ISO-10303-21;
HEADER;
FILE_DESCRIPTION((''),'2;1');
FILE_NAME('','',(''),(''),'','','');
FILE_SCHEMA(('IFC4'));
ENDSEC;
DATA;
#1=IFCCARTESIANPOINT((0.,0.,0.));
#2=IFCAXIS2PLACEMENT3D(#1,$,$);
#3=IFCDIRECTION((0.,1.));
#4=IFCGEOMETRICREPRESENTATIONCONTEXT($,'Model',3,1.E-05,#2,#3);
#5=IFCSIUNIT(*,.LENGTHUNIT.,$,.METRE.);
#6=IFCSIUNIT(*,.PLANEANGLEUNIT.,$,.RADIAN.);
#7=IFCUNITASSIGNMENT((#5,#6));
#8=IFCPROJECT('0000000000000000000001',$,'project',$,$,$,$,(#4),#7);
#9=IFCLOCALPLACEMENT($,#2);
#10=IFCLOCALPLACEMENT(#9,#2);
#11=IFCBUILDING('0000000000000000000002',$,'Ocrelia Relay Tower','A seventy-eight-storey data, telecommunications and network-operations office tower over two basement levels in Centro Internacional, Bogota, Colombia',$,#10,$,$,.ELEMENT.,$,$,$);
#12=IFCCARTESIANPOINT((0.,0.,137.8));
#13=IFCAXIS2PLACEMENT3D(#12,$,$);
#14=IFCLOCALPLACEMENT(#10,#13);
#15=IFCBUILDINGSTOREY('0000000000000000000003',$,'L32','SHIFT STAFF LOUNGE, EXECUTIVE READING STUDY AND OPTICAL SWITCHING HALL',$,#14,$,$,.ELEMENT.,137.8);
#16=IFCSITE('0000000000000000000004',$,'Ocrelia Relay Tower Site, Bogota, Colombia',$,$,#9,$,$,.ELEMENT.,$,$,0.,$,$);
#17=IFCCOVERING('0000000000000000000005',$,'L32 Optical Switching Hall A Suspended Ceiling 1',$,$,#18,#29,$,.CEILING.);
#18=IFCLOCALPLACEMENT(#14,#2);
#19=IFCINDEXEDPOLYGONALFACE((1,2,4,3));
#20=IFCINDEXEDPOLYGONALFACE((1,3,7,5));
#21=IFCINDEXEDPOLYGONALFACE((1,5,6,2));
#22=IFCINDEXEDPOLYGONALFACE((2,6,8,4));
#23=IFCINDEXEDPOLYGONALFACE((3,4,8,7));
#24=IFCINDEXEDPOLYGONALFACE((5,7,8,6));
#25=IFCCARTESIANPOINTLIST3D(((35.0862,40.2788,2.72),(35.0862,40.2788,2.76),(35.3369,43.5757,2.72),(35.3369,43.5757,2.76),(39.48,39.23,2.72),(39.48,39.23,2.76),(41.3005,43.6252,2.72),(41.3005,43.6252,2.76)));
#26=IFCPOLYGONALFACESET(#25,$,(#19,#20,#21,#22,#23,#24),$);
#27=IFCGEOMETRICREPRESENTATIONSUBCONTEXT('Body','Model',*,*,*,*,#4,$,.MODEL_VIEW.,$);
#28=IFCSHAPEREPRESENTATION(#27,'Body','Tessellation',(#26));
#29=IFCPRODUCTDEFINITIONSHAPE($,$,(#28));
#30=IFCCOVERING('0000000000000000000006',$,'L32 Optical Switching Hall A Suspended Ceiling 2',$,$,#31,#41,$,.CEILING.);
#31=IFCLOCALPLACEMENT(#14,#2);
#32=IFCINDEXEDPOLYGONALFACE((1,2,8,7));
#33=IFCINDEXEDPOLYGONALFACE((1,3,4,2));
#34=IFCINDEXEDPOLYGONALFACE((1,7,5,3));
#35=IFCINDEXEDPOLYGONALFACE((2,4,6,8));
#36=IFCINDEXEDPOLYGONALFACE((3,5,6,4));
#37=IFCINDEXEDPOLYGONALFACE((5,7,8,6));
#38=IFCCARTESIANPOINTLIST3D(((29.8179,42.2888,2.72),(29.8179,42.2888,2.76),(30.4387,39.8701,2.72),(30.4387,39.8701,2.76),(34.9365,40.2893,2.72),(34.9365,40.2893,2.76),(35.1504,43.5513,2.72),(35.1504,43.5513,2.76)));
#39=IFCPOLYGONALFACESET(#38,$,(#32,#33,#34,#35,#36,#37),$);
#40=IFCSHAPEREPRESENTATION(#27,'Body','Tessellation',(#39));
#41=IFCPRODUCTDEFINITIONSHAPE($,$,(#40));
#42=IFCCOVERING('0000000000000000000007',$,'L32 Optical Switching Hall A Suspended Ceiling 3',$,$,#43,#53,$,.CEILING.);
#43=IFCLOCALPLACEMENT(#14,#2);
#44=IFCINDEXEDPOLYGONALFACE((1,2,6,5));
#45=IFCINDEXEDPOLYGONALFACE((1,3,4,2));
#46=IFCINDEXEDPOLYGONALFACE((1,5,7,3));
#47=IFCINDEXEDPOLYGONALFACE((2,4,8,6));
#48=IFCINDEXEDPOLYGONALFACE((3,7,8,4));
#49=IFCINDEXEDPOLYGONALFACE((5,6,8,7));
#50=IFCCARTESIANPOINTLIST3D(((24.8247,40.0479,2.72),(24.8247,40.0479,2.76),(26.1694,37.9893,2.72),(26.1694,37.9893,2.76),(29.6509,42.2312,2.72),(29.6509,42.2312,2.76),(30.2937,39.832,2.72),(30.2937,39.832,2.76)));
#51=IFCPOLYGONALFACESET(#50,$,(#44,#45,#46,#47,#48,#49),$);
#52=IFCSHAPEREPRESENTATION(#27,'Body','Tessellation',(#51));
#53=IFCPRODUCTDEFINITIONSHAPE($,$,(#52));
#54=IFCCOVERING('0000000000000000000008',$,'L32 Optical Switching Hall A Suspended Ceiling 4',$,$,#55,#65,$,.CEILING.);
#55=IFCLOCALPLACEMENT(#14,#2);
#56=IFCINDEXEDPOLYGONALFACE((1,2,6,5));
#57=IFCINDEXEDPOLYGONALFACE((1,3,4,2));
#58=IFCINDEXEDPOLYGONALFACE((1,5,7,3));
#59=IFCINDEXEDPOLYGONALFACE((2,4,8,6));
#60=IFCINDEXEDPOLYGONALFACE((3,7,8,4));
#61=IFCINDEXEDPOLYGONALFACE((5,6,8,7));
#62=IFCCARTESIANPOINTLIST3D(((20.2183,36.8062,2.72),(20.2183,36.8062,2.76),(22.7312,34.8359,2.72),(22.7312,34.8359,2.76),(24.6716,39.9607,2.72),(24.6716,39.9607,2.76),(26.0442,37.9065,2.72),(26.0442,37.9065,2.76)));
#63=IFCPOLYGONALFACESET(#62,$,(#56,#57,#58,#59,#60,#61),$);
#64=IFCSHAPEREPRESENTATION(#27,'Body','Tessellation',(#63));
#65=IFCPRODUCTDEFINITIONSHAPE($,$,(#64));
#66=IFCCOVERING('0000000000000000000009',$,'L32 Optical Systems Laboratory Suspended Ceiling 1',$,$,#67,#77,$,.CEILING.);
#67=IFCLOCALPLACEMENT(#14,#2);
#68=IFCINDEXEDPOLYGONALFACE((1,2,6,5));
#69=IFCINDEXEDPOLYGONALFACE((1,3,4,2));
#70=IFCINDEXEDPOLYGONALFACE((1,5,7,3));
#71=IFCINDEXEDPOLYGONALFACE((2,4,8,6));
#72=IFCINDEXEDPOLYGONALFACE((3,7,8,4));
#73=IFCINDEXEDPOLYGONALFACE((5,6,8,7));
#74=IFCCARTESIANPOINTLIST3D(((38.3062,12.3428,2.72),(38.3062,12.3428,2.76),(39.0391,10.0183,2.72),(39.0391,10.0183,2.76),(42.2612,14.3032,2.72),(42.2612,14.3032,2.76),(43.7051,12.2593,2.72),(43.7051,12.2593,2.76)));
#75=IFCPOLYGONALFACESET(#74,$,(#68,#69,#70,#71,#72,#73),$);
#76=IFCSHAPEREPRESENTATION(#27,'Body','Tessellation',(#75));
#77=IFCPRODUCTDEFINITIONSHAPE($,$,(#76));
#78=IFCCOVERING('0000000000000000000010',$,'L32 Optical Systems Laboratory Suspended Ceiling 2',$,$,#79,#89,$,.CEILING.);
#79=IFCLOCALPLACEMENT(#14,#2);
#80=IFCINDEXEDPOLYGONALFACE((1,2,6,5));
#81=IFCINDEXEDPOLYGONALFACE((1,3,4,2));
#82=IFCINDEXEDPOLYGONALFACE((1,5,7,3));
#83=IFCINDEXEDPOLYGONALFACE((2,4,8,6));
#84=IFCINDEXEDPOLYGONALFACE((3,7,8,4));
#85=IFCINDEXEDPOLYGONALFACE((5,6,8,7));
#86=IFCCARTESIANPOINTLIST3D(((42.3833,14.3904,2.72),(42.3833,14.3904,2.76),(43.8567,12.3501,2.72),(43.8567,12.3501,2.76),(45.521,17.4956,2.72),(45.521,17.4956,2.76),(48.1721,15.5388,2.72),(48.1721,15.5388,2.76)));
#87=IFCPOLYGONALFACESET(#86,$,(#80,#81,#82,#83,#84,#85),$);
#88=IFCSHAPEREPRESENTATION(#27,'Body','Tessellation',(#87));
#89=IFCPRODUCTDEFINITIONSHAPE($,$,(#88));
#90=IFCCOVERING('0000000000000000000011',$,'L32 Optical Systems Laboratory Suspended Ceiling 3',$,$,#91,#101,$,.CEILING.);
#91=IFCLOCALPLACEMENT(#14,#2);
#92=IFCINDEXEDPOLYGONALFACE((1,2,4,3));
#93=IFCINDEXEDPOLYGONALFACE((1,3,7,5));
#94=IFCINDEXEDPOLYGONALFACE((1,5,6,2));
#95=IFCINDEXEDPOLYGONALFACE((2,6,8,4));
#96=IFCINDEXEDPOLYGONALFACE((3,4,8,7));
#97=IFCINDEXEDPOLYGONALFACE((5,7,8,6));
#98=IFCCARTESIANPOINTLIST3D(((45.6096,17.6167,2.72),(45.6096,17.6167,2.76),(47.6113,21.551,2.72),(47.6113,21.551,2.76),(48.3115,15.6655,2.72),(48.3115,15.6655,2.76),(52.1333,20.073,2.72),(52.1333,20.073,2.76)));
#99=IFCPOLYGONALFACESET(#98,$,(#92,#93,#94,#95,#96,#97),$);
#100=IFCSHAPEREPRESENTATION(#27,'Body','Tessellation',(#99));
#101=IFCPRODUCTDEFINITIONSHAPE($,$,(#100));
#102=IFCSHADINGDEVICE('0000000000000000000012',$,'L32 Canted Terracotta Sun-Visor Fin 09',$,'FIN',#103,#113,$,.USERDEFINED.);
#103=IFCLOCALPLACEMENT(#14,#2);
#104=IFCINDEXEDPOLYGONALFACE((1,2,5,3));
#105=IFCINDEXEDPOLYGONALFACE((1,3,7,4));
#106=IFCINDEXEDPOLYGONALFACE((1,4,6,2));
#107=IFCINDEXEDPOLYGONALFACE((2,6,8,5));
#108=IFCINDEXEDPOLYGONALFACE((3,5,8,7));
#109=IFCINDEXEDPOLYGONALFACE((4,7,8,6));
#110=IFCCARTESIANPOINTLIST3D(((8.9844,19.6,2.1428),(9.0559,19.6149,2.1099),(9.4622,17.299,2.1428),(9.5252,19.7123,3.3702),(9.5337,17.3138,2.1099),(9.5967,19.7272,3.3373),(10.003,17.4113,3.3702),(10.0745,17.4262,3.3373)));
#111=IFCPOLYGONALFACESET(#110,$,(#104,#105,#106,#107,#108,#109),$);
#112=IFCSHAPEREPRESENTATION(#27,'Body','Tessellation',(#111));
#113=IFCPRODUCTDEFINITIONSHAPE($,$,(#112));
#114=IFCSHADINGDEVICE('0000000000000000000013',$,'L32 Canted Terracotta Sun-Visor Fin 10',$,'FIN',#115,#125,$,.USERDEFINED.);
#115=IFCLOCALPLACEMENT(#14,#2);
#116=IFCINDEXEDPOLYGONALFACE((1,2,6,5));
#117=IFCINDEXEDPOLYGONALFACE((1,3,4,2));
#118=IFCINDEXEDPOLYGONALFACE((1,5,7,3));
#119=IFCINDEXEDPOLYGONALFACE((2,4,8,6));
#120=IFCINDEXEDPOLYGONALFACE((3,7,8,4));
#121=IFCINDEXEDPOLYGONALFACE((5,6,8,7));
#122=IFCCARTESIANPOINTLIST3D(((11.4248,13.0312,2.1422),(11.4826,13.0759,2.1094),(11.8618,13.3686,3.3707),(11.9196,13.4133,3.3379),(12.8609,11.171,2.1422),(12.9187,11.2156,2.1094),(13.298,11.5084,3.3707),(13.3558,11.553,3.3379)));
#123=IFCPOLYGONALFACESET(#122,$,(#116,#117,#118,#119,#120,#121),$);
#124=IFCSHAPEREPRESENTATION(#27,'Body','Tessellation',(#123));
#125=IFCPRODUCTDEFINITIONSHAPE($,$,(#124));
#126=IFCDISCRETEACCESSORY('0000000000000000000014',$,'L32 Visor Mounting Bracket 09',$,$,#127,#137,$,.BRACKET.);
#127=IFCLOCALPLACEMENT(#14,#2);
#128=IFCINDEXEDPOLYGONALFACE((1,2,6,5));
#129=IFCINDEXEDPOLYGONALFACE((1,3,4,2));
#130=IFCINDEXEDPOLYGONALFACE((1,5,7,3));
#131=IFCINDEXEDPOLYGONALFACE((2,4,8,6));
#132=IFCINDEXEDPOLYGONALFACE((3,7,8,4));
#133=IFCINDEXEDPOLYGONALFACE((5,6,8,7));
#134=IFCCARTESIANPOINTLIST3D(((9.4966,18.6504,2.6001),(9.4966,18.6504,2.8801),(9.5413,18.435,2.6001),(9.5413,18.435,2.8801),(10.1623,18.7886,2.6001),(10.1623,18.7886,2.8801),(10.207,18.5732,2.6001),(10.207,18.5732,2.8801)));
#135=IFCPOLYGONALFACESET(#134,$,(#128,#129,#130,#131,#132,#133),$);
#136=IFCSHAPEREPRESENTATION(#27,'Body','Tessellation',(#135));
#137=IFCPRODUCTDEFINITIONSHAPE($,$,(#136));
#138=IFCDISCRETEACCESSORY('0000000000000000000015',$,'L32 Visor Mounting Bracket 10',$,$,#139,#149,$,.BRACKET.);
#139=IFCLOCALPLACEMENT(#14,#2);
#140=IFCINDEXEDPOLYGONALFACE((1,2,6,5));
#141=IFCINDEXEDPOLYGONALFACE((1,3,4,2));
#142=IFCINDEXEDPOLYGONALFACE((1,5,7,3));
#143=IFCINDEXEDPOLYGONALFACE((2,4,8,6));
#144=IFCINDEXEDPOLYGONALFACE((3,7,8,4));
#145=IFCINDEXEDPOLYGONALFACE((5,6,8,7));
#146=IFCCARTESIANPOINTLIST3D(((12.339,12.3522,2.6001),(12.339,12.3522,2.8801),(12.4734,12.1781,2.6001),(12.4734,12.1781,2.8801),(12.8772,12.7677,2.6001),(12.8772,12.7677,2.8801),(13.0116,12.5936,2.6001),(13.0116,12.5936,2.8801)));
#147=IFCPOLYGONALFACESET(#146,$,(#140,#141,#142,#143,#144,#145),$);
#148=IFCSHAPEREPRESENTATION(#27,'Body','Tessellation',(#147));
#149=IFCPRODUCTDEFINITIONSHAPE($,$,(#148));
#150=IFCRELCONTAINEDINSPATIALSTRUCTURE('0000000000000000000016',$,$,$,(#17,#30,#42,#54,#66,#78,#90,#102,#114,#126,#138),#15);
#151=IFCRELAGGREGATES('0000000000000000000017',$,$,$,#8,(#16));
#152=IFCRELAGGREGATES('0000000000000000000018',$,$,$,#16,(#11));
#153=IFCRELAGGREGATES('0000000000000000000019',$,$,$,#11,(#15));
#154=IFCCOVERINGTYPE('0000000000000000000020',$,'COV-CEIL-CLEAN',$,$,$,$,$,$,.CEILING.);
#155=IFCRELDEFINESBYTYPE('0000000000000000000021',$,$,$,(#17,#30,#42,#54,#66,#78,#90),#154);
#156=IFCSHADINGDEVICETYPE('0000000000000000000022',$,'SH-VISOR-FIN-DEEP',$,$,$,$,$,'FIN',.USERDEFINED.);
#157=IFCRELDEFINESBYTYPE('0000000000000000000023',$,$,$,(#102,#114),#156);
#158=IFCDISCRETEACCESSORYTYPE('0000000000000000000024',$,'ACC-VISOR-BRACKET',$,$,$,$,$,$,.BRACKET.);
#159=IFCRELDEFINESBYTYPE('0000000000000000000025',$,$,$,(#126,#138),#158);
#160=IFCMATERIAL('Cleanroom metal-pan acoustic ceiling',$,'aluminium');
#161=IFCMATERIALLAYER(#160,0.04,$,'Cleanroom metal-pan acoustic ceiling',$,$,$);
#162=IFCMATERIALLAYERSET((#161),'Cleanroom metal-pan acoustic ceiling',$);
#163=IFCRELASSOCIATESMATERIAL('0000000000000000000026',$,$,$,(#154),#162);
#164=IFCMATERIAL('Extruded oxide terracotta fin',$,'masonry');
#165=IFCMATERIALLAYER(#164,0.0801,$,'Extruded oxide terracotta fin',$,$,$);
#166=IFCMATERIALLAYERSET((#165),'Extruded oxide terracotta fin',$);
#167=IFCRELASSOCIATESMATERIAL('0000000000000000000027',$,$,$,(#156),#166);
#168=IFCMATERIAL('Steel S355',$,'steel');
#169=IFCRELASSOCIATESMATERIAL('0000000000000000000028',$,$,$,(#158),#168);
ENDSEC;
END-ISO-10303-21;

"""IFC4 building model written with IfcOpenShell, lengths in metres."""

from ifc_helpers import new_model, si_unit, direction, frame, origin, origin_2d, place, context, subcontext, project, spatial, polyline, rectangle, outline, extrude, material, layer, layer_set, type_object, element, save


model = new_model("IFC4")

# Units and contexts
model_context = context("Model", 3, precision=1e-05, world=origin(), true_north=direction((0.0, 1.0)))
body_context = subcontext(model_context, "Body", "Model", "MODEL_VIEW")
ifc_project = project(units=[si_unit("LENGTHUNIT", "METRE"), si_unit("PLANEANGLEUNIT", "RADIAN")], contexts=[model_context])

# Site, building, storey
site_placement = place(None, origin())
site = spatial("IfcSite", under=ifc_project, at=site_placement, Name="Ocrelia Relay Tower Site, Bogota, Colombia", CompositionType="ELEMENT", RefElevation=0.0)
building_placement = place(site_placement, origin())
building = spatial("IfcBuilding", under=site, at=building_placement, Name="Ocrelia Relay Tower", Description="A seventy-eight-storey data, telecommunications and network-operations office tower over two basement levels in Centro Internacional, Bogota, Colombia", CompositionType="ELEMENT")
storey_placement = place(building_placement, frame((0.0, 0.0, 137.8)))
storey = spatial("IfcBuildingStorey", under=building, at=storey_placement, Name="L32", Description="SHIFT STAFF LOUNGE, EXECUTIVE READING STUDY AND OPTICAL SWITCHING HALL", CompositionType="ELEMENT", Elevation=137.8)

# Coverings
ifc_material_1 = material(Name="Cleanroom metal-pan acoustic ceiling", Category="aluminium")
ifc_layer_1 = layer(ifc_material_1, 0.04, Name="Cleanroom metal-pan acoustic ceiling")
ifc_layer_set_1 = layer_set([ifc_layer_1], Name="Cleanroom metal-pan acoustic ceiling")
covering_type_1 = type_object("IfcCoveringType", Name="COV-CEIL-CLEAN", PredefinedType="CEILING", material=ifc_layer_set_1)
covering_1_placement = place(storey_placement, frame((0.0, 0.0, 2.72)))
element("IfcCovering", 1, at=covering_1_placement, inside=storey, type_object=covering_type_1, Name="L32 Optical Switching Hall A Suspended Ceiling 1", PredefinedType="CEILING", context=body_context, shape_type="SweptSolid", body=[
    extrude(outline(polyline([(39.48, 39.23), (41.3005, 43.6252), (35.3369, 43.5757), (35.0862, 40.2788), (39.48, 39.23)])), origin(), (0.0, 0.0, 1.0), 0.04),
])
covering_2_placement = place(storey_placement, frame((0.0, 0.0, 2.72)))
element("IfcCovering", 2, at=covering_2_placement, inside=storey, type_object=covering_type_1, Name="L32 Optical Switching Hall A Suspended Ceiling 2", PredefinedType="CEILING", context=body_context, shape_type="SweptSolid", body=[
    extrude(outline(polyline([(34.9365, 40.2893), (35.1504, 43.5513), (29.8179, 42.2888), (30.4387, 39.8701), (34.9365, 40.2893)])), origin(), (0.0, 0.0, 1.0), 0.04),
])
covering_3_placement = place(storey_placement, frame((0.0, 0.0, 2.72)))
element("IfcCovering", 3, at=covering_3_placement, inside=storey, type_object=covering_type_1, Name="L32 Optical Switching Hall A Suspended Ceiling 3", PredefinedType="CEILING", context=body_context, shape_type="SweptSolid", body=[
    extrude(outline(polyline([(30.2937, 39.832), (29.6509, 42.2312), (24.8247, 40.0479), (26.1694, 37.9893), (30.2937, 39.832)])), origin(), (0.0, 0.0, 1.0), 0.04),
])
covering_4_placement = place(storey_placement, frame((0.0, 0.0, 2.72)))
element("IfcCovering", 4, at=covering_4_placement, inside=storey, type_object=covering_type_1, Name="L32 Optical Switching Hall A Suspended Ceiling 4", PredefinedType="CEILING", context=body_context, shape_type="SweptSolid", body=[
    extrude(outline(polyline([(26.0442, 37.9065), (24.6716, 39.9607), (20.2183, 36.8062), (22.7312, 34.8359), (26.0442, 37.9065)])), origin(), (0.0, 0.0, 1.0), 0.04),
])
covering_5_placement = place(storey_placement, frame((0.0, 0.0, 2.72)))
element("IfcCovering", 5, at=covering_5_placement, inside=storey, type_object=covering_type_1, Name="L32 Optical Systems Laboratory Suspended Ceiling 1", PredefinedType="CEILING", context=body_context, shape_type="SweptSolid", body=[
    extrude(outline(polyline([(38.3062, 12.3428), (39.0391, 10.0183), (43.7051, 12.2593), (42.2612, 14.3032), (38.3062, 12.3428)])), origin(), (0.0, 0.0, 1.0), 0.04),
])
covering_6_placement = place(storey_placement, frame((0.0, 0.0, 2.72)))
element("IfcCovering", 6, at=covering_6_placement, inside=storey, type_object=covering_type_1, Name="L32 Optical Systems Laboratory Suspended Ceiling 2", PredefinedType="CEILING", context=body_context, shape_type="SweptSolid", body=[
    extrude(outline(polyline([(42.3833, 14.3904), (43.8567, 12.3501), (48.1721, 15.5388), (45.521, 17.4956), (42.3833, 14.3904)])), origin(), (0.0, 0.0, 1.0), 0.04),
])
covering_7_placement = place(storey_placement, frame((0.0, 0.0, 2.72)))
element("IfcCovering", 7, at=covering_7_placement, inside=storey, type_object=covering_type_1, Name="L32 Optical Systems Laboratory Suspended Ceiling 3", PredefinedType="CEILING", context=body_context, shape_type="SweptSolid", body=[
    extrude(outline(polyline([(45.6096, 17.6167), (48.3115, 15.6655), (52.1333, 20.073), (47.6113, 21.551), (45.6096, 17.6167)])), origin(), (0.0, 0.0, 1.0), 0.04),
])

# Shading devices
ifc_material_2 = material(Name="Extruded oxide terracotta fin", Category="masonry")
ifc_layer_2 = layer(ifc_material_2, 0.0801, Name="Extruded oxide terracotta fin")
ifc_layer_set_2 = layer_set([ifc_layer_2], Name="Extruded oxide terracotta fin")
shading_device_type = type_object("IfcShadingDeviceType", Name="SH-VISOR-FIN-DEEP", ElementType="FIN", PredefinedType="USERDEFINED", material=ifc_layer_set_2)
shading_device_1_placement = place(storey_placement, frame((9.5652, 18.5205, 2.7236), z_axis=(-0.892859, -0.185401, 0.410401), x_axis=(0.203312, -0.979114, 0.0)))
element("IfcShadingDevice", 8, at=shading_device_1_placement, inside=storey, type_object=shading_device_type, Name="L32 Canted Terracotta Sun-Visor Fin 09", ObjectType="FIN", PredefinedType="USERDEFINED", context=body_context, shape_type="SweptSolid", body=[
    extrude(rectangle(XDim=2.3501, YDim=1.3459, at=origin_2d()), origin(), (0.0, 0.0, 1.0), 0.0801),
])
shading_device_2_placement = place(storey_placement, frame((12.4192, 12.3145, 2.7236), z_axis=(-0.721989, -0.5574, 0.409923), x_axis=(0.611104, -0.791551, 0.0)))
element("IfcShadingDevice", 9, at=shading_device_2_placement, inside=storey, type_object=shading_device_type, Name="L32 Canted Terracotta Sun-Visor Fin 10", ObjectType="FIN", PredefinedType="USERDEFINED", context=body_context, shape_type="SweptSolid", body=[
    extrude(rectangle(XDim=2.3501, YDim=1.3469, at=origin_2d()), origin(), (0.0, 0.0, 1.0), 0.0801),
])

# Discrete accessories
ifc_material_3 = material(Name="Steel S355", Category="steel")
discrete_accessory_type = type_object("IfcDiscreteAccessoryType", Name="ACC-VISOR-BRACKET", PredefinedType="BRACKET", material=ifc_material_3)
for number, where, z_axis, x_axis, name in (
    (10, (9.8518, 18.6118, 2.6001), (0.0, 0.0, 1.0), (0.203312, -0.979114, 0.0), "L32 Visor Mounting Bracket 09"),
    (11, (12.6753, 12.4729, 2.6001), (0.0, 0.0, 1.0), (0.611104, -0.791551, 0.0), "L32 Visor Mounting Bracket 10"),
):
    element("IfcDiscreteAccessory", number, at=place(storey_placement, frame(where, z_axis=z_axis, x_axis=x_axis)), inside=storey, type_object=discrete_accessory_type, Name=name, PredefinedType="BRACKET", context=body_context, shape_type="SweptSolid", body=[
        extrude(rectangle(XDim=0.22, YDim=0.6799, at=origin_2d()), origin(), (0.0, 0.0, 1.0), 0.28),
    ])

save(model, "model.ifc")
